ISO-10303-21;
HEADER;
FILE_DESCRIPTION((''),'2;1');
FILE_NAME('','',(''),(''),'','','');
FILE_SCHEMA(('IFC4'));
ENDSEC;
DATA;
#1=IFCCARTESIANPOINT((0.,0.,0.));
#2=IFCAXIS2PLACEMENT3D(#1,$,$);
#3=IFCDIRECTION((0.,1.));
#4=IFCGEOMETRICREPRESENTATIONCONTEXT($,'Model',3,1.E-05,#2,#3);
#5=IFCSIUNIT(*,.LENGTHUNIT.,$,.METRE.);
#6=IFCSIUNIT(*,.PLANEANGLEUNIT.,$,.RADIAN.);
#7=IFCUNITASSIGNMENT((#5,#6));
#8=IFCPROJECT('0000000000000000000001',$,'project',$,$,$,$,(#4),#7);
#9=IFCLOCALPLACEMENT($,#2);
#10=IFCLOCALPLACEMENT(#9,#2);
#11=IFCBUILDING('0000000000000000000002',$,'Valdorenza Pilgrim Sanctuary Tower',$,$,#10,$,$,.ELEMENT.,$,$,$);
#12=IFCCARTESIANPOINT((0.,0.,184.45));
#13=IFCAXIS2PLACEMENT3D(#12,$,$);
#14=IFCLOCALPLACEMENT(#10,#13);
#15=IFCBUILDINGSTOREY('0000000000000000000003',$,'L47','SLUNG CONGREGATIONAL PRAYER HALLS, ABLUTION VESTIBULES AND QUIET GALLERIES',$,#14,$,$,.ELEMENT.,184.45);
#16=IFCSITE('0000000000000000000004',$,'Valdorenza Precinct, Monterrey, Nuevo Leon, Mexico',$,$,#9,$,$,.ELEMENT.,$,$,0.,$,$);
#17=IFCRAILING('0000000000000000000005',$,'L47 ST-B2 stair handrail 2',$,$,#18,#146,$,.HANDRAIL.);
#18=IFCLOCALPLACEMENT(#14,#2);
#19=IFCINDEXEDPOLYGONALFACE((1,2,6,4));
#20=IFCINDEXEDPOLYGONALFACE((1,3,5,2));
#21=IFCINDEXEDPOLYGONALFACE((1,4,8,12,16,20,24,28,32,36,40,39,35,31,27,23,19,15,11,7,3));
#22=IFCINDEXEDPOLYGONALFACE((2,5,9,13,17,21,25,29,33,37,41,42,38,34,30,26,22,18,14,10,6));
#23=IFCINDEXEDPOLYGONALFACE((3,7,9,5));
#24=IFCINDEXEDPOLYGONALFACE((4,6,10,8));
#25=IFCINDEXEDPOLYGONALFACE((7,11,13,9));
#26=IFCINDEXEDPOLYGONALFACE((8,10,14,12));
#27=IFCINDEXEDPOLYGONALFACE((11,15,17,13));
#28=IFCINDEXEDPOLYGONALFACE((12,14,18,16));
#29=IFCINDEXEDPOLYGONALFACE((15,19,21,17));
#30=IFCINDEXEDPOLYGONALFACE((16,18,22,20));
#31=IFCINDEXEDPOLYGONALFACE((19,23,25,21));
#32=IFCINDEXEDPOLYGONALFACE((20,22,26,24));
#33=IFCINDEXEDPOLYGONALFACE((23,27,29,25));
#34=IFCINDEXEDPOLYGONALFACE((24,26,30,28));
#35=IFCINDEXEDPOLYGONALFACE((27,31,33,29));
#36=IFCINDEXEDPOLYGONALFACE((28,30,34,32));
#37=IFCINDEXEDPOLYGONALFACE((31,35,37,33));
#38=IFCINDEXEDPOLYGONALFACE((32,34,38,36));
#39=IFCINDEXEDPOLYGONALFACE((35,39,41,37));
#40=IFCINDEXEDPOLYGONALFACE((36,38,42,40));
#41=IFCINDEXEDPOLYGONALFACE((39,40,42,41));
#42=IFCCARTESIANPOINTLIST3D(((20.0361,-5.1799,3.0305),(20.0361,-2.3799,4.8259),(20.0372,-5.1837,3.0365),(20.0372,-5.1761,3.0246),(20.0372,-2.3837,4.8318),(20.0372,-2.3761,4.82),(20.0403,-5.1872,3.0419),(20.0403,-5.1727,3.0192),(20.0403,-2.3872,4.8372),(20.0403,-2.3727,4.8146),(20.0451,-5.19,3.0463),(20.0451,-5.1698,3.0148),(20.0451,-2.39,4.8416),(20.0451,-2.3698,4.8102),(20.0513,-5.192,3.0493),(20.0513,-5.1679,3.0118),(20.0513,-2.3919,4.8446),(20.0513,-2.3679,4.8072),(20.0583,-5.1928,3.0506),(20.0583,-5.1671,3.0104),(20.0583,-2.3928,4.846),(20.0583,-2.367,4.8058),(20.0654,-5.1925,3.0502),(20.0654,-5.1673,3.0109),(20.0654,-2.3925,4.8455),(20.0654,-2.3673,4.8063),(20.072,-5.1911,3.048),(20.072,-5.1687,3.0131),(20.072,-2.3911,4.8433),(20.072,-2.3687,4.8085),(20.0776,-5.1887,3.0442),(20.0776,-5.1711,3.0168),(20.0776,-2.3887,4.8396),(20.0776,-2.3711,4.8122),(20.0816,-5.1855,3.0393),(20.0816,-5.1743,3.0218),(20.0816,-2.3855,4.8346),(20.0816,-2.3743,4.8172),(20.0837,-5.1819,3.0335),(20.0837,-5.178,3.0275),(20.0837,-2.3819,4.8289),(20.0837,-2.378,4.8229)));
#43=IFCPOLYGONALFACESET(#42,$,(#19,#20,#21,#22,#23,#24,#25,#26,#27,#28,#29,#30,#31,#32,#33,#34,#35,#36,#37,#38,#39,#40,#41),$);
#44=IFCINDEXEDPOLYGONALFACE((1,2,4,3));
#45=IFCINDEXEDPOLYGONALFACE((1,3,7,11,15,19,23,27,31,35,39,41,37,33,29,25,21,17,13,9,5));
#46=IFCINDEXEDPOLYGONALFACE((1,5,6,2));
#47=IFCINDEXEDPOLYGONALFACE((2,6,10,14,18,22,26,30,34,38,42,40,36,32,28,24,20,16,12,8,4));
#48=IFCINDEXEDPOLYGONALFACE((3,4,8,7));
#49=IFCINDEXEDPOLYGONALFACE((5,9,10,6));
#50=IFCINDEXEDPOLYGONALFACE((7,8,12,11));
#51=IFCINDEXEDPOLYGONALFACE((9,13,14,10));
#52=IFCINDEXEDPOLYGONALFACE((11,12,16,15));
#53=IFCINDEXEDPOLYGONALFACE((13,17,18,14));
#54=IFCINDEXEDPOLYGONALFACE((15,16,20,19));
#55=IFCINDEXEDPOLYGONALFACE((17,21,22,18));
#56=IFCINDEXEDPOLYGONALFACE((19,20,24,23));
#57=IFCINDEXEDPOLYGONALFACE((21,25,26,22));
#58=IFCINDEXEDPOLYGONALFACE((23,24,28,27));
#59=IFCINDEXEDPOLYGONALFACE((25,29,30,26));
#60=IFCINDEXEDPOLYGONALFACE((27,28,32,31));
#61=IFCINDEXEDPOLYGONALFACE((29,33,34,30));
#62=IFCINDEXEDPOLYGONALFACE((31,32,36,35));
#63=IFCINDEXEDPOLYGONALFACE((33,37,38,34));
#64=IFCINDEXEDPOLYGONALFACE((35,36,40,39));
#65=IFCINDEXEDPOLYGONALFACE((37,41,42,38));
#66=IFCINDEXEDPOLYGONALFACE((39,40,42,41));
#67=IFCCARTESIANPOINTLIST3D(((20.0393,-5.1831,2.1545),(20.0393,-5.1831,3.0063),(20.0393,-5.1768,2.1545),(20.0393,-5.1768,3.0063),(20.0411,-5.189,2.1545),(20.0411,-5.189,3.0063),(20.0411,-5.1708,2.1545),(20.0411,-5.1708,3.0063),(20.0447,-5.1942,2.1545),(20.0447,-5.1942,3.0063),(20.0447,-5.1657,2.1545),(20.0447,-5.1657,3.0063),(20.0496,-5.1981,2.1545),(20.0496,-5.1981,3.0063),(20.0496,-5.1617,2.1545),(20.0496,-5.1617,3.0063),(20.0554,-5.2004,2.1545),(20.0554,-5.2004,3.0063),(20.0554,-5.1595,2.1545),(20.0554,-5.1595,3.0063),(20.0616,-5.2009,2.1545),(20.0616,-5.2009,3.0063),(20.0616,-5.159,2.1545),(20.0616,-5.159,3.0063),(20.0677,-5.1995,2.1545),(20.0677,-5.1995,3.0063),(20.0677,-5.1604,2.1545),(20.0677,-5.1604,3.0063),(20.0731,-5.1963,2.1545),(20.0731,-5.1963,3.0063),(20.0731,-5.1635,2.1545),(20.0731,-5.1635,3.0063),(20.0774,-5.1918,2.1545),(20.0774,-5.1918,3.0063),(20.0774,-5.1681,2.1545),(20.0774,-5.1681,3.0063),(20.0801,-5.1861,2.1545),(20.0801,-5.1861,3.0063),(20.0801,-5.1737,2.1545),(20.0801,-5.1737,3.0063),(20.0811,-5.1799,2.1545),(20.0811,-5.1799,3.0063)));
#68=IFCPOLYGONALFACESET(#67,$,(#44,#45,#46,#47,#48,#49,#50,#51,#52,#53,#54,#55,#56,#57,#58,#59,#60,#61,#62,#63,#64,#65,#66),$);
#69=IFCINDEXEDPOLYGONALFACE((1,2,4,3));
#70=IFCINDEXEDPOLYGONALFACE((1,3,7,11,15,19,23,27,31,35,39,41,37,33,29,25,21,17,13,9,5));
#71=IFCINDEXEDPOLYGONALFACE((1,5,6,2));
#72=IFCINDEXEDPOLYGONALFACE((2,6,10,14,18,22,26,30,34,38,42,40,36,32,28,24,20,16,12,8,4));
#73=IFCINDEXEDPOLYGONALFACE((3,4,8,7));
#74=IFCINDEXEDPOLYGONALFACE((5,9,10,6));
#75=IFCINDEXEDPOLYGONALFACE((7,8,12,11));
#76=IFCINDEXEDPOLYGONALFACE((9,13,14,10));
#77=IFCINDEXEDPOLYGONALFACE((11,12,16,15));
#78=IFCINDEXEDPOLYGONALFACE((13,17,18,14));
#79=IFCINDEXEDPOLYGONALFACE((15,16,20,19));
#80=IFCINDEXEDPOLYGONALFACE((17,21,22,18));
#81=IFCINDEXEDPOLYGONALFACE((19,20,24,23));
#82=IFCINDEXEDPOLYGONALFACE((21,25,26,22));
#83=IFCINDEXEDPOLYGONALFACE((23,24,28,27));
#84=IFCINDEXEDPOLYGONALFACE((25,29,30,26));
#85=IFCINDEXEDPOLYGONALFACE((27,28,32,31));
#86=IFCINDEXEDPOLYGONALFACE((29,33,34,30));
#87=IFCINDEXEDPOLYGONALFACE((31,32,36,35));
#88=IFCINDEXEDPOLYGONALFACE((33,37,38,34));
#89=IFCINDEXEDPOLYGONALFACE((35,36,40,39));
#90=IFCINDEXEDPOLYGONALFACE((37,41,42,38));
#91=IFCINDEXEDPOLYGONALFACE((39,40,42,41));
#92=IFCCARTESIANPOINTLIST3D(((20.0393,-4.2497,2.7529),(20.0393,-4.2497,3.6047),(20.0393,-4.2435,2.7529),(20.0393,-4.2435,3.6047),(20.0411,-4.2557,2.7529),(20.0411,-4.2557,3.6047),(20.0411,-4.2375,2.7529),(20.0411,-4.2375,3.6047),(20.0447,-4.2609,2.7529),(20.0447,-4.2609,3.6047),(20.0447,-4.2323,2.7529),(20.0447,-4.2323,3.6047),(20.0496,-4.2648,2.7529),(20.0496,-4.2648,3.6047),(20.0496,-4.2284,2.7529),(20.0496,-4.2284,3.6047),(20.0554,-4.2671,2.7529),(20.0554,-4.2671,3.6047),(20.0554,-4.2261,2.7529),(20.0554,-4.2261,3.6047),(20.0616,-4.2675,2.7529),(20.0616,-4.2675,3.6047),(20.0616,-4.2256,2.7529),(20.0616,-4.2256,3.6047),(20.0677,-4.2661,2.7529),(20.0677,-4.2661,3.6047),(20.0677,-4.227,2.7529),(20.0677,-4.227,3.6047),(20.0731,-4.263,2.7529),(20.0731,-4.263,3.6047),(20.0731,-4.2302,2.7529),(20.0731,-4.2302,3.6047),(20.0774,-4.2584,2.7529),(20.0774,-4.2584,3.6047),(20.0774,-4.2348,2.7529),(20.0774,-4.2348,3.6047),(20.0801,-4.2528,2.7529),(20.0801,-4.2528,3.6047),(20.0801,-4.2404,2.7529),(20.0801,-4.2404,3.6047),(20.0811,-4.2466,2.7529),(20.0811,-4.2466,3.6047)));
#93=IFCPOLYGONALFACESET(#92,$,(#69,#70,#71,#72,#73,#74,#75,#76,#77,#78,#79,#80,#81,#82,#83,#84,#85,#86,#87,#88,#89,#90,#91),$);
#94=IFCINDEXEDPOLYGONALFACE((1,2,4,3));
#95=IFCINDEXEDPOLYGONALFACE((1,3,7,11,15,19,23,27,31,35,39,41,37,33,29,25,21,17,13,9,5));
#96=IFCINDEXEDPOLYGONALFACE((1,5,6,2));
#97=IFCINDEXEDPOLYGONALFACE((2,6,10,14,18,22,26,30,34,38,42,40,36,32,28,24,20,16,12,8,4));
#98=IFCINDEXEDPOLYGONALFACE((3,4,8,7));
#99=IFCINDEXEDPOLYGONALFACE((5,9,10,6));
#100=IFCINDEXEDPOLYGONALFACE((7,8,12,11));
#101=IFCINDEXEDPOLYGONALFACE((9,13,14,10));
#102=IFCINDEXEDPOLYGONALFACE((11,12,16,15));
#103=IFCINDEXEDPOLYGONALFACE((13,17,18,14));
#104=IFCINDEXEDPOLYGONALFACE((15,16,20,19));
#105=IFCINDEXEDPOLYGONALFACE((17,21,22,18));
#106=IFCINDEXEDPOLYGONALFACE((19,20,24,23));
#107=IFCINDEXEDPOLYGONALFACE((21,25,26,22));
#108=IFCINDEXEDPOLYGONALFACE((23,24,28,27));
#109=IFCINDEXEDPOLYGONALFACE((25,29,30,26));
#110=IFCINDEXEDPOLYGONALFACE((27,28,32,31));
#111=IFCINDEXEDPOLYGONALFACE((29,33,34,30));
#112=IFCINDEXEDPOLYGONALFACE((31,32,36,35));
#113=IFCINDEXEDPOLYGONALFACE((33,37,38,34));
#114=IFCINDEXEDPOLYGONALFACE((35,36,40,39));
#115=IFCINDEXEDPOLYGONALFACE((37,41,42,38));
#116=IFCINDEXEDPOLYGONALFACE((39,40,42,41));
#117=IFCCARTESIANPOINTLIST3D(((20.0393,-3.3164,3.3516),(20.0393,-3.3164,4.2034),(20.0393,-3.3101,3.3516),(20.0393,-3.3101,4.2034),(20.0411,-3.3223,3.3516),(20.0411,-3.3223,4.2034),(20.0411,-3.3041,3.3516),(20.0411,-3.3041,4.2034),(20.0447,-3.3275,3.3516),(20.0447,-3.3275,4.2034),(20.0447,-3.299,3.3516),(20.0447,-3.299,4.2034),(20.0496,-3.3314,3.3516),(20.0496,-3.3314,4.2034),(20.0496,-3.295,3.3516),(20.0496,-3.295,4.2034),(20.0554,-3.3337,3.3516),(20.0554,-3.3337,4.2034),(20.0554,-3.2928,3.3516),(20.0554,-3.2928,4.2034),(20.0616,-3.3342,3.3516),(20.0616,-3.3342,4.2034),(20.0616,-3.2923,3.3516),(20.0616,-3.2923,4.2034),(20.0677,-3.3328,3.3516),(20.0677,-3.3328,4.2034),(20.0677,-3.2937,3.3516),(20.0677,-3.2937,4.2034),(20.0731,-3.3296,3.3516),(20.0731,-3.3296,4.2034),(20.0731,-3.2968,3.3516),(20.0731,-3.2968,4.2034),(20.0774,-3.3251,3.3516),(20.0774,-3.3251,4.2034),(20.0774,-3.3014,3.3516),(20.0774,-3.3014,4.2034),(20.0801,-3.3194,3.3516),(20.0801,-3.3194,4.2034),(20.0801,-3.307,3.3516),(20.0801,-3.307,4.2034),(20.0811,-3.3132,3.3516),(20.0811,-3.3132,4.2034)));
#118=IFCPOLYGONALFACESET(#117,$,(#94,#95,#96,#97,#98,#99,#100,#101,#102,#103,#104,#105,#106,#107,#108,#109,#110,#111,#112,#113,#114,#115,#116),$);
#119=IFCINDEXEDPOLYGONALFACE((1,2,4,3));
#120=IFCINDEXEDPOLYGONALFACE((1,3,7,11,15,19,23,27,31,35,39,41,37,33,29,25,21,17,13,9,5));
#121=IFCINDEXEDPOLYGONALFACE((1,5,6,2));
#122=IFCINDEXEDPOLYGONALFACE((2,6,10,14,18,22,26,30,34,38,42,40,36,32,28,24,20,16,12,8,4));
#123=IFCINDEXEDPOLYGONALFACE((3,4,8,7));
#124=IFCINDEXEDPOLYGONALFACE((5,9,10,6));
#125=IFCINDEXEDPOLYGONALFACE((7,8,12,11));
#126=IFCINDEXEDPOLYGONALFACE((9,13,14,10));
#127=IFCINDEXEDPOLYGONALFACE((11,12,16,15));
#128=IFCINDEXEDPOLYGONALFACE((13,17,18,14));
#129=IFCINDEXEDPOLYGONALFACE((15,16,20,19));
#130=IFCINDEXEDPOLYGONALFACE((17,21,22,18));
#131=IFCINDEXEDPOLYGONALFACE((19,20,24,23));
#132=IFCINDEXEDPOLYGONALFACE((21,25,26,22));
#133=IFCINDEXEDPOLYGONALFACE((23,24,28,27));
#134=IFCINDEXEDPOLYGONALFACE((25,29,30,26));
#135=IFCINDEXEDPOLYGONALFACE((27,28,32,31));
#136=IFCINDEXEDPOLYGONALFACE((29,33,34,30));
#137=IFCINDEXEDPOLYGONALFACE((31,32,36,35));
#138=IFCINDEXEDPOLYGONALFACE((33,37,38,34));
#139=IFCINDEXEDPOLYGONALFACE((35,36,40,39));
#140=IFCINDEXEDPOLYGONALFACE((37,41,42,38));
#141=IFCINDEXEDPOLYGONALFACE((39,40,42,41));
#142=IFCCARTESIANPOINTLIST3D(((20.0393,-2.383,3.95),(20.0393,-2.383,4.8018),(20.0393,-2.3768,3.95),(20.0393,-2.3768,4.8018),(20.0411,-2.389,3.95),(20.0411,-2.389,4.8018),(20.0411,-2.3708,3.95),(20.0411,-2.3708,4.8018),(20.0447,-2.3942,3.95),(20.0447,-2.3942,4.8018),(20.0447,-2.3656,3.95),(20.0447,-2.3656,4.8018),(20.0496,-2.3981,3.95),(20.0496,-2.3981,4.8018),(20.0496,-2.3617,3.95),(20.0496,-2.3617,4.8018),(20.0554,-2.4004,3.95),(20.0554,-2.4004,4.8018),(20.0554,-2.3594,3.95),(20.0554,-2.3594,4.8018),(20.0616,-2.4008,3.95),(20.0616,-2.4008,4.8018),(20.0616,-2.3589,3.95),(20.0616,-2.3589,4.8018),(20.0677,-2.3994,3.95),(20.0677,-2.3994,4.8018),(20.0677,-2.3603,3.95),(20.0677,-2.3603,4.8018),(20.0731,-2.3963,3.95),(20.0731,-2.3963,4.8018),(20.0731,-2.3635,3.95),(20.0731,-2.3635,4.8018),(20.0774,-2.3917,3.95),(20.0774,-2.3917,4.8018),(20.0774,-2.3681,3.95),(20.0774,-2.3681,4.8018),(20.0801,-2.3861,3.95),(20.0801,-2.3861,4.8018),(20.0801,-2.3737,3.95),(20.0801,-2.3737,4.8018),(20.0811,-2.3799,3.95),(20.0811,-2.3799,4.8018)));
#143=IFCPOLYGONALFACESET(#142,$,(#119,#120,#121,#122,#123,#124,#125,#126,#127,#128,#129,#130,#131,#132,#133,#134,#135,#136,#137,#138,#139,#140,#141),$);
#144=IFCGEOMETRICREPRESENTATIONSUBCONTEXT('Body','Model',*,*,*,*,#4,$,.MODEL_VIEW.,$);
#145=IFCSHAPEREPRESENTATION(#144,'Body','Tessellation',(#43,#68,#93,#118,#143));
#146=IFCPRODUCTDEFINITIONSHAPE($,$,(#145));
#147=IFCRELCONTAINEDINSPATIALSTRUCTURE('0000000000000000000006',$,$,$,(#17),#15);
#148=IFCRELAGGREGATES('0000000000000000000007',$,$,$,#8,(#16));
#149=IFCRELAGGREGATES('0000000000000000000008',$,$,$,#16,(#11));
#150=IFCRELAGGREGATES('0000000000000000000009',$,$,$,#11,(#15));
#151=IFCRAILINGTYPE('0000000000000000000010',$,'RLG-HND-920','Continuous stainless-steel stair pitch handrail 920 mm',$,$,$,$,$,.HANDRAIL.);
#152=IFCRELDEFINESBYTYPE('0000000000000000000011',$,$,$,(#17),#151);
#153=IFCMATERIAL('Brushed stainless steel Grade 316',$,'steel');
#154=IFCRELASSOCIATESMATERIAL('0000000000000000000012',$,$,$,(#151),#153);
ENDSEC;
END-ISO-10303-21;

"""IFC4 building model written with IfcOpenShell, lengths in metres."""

from ifc_helpers import new_model, si_unit, direction, frame, origin, origin_2d, place, context, subcontext, project, spatial, circle, extrude, material, type_object, element, save


model = new_model("IFC4")

# Units and contexts
model_context = context("Model", 3, precision=1e-05, world=origin(), true_north=direction((0.0, 1.0)))
body_context = subcontext(model_context, "Body", "Model", "MODEL_VIEW")
ifc_project = project(units=[si_unit("LENGTHUNIT", "METRE"), si_unit("PLANEANGLEUNIT", "RADIAN")], contexts=[model_context])

# Site, building, storey
site_placement = place(None, origin())
site = spatial("IfcSite", under=ifc_project, at=site_placement, Name="Valdorenza Precinct, Monterrey, Nuevo Leon, Mexico", CompositionType="ELEMENT", RefElevation=0.0)
building_placement = place(site_placement, origin())
building = spatial("IfcBuilding", under=site, at=building_placement, Name="Valdorenza Pilgrim Sanctuary Tower", CompositionType="ELEMENT")
storey_placement = place(building_placement, frame((0.0, 0.0, 184.45)))
storey = spatial("IfcBuildingStorey", under=building, at=storey_placement, Name="L47", Description="SLUNG CONGREGATIONAL PRAYER HALLS, ABLUTION VESTIBULES AND QUIET GALLERIES", CompositionType="ELEMENT", Elevation=184.45)

# Railing
ifc_material_1 = material(Name="Brushed stainless steel Grade 316", Category="steel")
railing_type_1 = type_object("IfcRailingType", Name="RLG-HND-920", Description="Continuous stainless-steel stair pitch handrail 920 mm", PredefinedType="HANDRAIL", material=ifc_material_1)
railing_1_placement = place(storey_placement, frame((20.0601, -5.1799, 2.1545)))
element("IfcRailing", 1, at=railing_1_placement, inside=storey, type_object=railing_type_1, Name="L47 ST-B2 stair handrail 2", PredefinedType="HANDRAIL", context=body_context, shape_type="SweptSolid", body=[
    extrude(circle(Radius=0.0239, at=origin_2d()), frame((0.0, 0.0, 0.876), z_axis=(0.0, 0.84181, 0.539774), x_axis=(-1.0, 0.0, 0.0)), (0.0, 0.0, 1.0), 3.3262),
    extrude(circle(Radius=0.021, at=origin_2d()), origin(), (0.0, 0.0, 1.0), 0.8518),
    extrude(circle(Radius=0.021, at=origin_2d()), frame((0.0, 0.9333, 0.5984)), (0.0, 0.0, 1.0), 0.8518),
    extrude(circle(Radius=0.021, at=origin_2d()), frame((0.0, 1.8667, 1.197)), (0.0, 0.0, 1.0), 0.8518),
    extrude(circle(Radius=0.021, at=origin_2d()), frame((0.0, 2.8, 1.7954)), (0.0, 0.0, 1.0), 0.8518),
])

save(model, "model.ifc")
